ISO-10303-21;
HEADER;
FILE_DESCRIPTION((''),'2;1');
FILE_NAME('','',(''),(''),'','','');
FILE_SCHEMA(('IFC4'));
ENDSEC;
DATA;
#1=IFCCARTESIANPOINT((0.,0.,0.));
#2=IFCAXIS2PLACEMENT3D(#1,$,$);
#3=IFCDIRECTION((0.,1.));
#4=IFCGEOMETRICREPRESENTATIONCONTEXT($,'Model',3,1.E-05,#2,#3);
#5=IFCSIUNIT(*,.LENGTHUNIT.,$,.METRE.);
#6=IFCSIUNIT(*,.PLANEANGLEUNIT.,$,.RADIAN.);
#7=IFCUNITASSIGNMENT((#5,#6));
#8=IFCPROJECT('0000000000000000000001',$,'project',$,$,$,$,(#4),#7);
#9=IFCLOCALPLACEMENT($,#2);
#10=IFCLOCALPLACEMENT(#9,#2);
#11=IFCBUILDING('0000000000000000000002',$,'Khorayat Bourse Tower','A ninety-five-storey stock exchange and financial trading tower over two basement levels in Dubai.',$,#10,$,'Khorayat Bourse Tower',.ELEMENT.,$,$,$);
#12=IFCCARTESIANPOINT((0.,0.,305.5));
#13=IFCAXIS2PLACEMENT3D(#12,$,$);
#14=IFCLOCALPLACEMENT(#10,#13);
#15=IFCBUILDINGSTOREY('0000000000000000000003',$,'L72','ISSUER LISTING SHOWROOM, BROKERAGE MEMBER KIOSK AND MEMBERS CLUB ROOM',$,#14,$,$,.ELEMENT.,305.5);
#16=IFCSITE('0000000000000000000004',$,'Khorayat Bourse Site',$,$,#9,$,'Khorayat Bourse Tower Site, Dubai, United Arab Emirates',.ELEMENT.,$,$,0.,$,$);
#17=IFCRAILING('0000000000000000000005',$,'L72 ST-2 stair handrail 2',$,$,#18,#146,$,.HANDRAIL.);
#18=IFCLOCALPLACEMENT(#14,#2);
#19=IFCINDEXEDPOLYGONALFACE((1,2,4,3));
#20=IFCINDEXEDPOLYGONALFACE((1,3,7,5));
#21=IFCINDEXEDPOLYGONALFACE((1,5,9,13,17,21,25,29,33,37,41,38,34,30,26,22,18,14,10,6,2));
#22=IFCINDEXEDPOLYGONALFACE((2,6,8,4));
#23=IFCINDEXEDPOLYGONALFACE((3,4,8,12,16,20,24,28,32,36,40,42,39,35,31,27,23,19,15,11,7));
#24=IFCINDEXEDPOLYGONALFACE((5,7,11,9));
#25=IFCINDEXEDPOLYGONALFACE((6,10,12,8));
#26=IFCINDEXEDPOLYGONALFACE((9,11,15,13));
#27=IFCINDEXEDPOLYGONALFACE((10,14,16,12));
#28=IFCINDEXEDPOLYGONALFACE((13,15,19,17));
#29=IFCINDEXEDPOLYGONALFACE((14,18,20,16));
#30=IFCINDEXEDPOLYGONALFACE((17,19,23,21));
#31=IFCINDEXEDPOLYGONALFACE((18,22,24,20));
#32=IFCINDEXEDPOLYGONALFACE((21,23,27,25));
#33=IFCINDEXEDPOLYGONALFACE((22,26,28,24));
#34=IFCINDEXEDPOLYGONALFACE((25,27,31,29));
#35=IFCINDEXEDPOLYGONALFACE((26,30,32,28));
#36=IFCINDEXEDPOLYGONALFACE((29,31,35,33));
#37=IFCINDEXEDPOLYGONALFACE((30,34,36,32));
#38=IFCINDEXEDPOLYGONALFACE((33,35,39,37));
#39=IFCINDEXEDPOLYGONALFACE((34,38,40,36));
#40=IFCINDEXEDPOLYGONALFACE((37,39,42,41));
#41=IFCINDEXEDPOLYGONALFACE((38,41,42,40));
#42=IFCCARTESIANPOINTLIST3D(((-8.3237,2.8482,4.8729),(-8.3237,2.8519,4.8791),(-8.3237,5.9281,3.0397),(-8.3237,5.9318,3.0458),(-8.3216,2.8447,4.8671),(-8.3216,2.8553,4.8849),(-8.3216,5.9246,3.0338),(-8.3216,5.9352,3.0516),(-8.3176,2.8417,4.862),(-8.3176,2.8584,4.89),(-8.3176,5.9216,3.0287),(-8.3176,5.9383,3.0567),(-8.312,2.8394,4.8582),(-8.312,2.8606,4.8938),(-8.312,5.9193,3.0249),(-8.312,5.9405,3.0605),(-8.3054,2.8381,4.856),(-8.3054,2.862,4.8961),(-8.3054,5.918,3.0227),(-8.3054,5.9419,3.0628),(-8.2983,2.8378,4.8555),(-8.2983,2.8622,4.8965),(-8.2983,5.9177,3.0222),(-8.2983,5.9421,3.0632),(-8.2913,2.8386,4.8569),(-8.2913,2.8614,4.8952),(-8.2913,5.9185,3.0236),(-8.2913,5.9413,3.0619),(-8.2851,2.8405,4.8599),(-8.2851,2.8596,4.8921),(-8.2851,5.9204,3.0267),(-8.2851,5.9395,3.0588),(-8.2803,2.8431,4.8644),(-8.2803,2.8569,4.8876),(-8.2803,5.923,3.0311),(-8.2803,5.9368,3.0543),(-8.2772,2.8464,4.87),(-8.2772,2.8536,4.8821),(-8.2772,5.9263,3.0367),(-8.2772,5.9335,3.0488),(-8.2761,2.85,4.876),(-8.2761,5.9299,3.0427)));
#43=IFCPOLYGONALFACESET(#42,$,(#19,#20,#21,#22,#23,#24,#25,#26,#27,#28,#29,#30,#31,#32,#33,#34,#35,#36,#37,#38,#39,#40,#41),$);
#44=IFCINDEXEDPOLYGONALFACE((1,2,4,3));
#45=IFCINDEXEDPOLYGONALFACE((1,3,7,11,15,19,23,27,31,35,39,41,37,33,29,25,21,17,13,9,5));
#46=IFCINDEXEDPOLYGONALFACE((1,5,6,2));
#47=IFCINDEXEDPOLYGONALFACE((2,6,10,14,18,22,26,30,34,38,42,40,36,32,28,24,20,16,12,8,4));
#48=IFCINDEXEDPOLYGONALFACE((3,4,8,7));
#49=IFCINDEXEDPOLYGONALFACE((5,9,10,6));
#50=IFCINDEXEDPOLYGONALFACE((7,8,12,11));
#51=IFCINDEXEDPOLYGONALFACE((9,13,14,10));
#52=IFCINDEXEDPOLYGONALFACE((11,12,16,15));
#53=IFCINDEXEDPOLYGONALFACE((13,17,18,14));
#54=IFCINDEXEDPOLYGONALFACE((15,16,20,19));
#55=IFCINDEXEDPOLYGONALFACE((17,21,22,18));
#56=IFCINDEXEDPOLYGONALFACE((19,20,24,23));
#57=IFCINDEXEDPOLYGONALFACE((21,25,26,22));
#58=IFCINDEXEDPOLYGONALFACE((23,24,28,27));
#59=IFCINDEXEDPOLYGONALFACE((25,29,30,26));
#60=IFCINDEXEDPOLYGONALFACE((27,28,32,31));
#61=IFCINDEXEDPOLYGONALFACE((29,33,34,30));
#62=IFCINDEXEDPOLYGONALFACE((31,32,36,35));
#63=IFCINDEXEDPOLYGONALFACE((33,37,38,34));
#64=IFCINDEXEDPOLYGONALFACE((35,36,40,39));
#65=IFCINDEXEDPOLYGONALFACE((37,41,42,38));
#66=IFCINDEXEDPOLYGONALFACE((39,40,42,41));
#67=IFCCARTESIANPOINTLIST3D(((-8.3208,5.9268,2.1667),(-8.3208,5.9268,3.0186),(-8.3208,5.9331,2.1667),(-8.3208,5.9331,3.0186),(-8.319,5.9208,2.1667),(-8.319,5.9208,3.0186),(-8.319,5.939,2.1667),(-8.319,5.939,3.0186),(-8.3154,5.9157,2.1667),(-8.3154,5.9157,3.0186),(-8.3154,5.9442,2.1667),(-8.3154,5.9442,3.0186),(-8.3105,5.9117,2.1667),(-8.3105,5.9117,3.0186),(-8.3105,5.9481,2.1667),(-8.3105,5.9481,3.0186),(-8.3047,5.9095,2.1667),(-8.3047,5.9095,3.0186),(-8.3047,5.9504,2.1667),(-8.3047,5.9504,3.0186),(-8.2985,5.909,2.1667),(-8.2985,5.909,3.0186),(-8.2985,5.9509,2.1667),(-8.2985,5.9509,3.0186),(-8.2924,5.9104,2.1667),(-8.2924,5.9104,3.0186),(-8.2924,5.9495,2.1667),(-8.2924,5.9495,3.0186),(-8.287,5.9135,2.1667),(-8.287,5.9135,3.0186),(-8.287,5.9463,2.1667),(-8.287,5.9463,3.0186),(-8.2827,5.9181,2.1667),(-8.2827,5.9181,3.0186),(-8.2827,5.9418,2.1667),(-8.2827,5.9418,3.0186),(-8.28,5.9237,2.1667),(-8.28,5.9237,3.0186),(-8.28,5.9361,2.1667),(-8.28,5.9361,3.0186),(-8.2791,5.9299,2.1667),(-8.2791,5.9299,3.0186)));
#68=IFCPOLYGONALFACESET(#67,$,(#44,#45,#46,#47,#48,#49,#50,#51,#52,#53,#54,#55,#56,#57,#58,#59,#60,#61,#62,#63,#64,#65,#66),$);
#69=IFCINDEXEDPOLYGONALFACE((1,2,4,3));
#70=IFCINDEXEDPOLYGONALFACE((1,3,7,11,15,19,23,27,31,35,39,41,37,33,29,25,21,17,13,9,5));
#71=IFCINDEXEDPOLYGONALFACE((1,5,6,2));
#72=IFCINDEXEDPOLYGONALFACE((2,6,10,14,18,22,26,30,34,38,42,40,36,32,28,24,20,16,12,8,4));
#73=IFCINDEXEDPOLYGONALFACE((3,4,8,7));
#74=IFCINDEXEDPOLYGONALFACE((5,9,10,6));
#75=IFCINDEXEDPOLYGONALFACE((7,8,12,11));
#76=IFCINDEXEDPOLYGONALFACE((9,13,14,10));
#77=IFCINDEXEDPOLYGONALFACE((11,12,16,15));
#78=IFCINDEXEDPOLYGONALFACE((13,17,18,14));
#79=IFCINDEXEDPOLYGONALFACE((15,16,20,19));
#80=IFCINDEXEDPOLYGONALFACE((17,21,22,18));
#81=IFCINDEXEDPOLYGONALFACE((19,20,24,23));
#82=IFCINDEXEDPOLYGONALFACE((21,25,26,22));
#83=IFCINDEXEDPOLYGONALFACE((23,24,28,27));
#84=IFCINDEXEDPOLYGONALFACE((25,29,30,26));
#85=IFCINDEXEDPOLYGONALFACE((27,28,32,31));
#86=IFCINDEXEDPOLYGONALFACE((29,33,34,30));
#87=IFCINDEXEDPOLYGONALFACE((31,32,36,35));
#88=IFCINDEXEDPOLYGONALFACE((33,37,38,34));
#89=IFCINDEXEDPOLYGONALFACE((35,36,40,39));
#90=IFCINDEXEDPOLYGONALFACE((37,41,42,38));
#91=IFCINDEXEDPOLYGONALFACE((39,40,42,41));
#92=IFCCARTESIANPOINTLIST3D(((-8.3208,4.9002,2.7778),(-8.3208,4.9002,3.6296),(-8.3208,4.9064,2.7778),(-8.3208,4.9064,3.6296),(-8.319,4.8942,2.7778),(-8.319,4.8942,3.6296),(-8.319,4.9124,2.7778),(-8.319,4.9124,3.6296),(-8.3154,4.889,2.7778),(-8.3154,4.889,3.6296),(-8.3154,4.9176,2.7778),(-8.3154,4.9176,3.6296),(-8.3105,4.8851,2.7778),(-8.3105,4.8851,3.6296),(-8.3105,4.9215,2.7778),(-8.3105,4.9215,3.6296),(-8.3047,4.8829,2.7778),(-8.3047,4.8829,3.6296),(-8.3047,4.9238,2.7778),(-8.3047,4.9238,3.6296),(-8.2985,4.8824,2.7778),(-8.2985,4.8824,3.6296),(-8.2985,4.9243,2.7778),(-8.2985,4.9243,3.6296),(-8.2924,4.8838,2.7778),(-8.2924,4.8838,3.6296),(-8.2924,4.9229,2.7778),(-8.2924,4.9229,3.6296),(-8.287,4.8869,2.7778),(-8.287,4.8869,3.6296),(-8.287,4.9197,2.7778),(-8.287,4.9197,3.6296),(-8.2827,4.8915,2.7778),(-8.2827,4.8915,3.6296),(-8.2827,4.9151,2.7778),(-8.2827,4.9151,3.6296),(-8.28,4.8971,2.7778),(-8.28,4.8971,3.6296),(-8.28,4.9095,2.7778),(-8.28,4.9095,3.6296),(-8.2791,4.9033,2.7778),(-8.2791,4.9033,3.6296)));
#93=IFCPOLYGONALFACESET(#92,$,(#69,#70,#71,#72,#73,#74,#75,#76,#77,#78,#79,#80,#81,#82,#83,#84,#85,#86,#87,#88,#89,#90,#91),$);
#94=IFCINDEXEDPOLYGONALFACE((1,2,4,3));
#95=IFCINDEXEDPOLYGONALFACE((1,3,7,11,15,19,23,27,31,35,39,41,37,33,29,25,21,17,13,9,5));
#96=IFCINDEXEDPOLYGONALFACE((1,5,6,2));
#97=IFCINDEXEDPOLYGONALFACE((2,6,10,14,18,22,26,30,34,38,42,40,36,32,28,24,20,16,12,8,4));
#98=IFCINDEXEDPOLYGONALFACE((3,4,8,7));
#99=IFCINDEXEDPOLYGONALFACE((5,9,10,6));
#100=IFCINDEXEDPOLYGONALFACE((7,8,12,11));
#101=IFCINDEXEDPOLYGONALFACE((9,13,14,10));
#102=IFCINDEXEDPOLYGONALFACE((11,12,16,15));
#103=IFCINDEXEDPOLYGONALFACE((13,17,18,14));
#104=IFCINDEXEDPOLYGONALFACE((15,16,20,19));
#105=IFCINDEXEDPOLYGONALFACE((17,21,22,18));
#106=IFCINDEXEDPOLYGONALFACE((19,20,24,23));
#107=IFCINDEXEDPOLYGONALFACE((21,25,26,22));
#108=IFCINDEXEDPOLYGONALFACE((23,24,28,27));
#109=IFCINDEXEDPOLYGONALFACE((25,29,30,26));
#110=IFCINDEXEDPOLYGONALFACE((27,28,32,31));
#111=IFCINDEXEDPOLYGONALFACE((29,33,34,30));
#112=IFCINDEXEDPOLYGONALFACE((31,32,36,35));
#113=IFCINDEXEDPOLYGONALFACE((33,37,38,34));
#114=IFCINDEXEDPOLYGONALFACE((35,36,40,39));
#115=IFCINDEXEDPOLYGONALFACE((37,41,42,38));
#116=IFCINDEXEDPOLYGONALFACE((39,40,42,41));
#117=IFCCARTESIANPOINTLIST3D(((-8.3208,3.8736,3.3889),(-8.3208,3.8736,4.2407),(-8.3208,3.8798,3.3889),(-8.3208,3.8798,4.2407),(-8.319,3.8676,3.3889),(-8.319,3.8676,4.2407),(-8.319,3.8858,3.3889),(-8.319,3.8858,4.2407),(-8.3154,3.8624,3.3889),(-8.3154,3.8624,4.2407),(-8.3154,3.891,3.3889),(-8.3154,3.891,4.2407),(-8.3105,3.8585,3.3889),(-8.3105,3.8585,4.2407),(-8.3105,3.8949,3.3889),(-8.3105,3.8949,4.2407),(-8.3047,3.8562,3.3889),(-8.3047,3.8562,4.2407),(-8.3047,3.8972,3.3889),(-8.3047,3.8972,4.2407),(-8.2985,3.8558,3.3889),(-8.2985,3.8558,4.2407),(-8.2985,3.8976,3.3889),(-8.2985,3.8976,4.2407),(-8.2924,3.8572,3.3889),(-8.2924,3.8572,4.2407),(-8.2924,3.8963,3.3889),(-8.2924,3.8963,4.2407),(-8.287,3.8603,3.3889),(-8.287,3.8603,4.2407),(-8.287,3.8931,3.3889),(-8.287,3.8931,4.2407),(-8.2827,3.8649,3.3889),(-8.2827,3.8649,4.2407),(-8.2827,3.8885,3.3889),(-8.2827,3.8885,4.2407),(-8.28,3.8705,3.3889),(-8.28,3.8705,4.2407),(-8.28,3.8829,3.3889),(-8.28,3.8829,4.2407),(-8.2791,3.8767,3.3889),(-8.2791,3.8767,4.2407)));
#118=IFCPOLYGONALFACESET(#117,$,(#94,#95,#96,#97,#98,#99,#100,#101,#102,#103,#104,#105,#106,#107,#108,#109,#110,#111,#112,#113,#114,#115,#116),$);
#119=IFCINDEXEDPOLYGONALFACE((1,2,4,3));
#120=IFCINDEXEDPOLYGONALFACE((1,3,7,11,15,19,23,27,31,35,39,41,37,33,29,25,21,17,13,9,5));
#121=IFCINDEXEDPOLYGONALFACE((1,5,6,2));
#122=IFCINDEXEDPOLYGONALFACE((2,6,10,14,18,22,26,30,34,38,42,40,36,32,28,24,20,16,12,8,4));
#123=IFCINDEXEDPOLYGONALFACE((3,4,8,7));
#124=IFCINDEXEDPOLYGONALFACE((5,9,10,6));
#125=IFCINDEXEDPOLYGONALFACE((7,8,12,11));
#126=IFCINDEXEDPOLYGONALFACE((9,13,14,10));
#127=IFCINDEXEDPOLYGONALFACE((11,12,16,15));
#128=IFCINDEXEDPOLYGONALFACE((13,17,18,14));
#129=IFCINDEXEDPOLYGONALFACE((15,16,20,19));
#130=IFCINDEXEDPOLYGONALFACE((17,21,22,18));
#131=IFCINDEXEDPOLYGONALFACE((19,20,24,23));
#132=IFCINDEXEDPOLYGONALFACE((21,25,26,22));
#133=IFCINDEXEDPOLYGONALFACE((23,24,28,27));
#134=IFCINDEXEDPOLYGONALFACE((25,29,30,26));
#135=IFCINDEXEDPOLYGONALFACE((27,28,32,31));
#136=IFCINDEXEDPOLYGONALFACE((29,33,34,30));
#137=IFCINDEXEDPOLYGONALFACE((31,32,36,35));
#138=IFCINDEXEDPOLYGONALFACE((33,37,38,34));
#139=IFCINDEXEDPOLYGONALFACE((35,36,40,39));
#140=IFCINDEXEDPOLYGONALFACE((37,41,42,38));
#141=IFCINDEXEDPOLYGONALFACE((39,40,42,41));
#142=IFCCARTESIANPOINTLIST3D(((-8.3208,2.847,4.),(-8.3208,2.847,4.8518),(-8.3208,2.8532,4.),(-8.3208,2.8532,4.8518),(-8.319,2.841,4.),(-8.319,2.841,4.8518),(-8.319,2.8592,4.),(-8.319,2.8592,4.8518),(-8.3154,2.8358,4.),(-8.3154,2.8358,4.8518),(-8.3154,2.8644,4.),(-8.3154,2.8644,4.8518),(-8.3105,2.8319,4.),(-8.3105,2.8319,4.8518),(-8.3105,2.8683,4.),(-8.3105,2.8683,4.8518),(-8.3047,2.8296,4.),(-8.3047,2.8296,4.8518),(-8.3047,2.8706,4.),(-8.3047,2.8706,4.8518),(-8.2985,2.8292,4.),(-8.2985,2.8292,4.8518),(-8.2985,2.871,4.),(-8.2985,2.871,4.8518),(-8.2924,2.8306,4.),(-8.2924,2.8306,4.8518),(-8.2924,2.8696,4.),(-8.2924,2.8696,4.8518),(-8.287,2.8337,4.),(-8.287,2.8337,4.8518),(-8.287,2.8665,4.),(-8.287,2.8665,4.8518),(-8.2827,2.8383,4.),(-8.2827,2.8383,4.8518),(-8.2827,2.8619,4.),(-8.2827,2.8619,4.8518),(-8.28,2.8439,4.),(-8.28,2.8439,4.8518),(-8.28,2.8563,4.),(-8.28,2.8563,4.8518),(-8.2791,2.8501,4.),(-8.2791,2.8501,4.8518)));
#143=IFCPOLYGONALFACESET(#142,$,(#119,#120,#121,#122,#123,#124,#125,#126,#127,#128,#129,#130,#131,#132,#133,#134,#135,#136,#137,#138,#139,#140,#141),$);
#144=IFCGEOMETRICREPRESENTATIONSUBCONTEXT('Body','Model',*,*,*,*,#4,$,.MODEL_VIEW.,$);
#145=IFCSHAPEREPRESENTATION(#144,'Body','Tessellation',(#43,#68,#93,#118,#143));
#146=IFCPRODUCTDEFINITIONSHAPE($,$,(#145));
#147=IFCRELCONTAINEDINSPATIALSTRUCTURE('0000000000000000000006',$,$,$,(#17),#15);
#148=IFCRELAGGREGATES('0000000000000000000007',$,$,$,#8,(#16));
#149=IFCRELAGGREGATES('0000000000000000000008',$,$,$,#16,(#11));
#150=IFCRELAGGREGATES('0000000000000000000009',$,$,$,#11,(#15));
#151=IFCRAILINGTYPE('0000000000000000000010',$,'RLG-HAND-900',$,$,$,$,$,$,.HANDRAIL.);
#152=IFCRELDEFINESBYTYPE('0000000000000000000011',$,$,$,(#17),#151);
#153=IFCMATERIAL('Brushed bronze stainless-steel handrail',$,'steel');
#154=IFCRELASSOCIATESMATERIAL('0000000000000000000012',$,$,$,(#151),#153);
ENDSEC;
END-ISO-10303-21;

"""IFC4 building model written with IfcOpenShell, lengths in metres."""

from ifc_helpers import new_model, si_unit, direction, frame, origin, origin_2d, place, context, subcontext, project, spatial, circle, extrude, source, transform, mapped, material, type_object, element, save


model = new_model("IFC4")

# Units and contexts
model_context = context("Model", 3, precision=1e-05, world=origin(), true_north=direction((0.0, 1.0)))
body_context = subcontext(model_context, "Body", "Model", "MODEL_VIEW")
ifc_project = project(units=[si_unit("LENGTHUNIT", "METRE"), si_unit("PLANEANGLEUNIT", "RADIAN")], contexts=[model_context])

# Site, building, storey
site_placement = place(None, origin())
site = spatial("IfcSite", under=ifc_project, at=site_placement, Name="Khorayat Bourse Site", LongName="Khorayat Bourse Tower Site, Dubai, United Arab Emirates", CompositionType="ELEMENT", RefElevation=0.0)
building_placement = place(site_placement, origin())
building = spatial("IfcBuilding", under=site, at=building_placement, Name="Khorayat Bourse Tower", Description="A ninety-five-storey stock exchange and financial trading tower over two basement levels in Dubai.", LongName="Khorayat Bourse Tower", CompositionType="ELEMENT")
storey_placement = place(building_placement, frame((0.0, 0.0, 305.5)))
storey = spatial("IfcBuildingStorey", under=building, at=storey_placement, Name="L72", Description="ISSUER LISTING SHOWROOM, BROKERAGE MEMBER KIOSK AND MEMBERS CLUB ROOM", CompositionType="ELEMENT", Elevation=305.5)

# Railing
ifc_material_1 = material(Name="Brushed bronze stainless-steel handrail", Category="steel")
railing_type_1 = type_object("IfcRailingType", Name="RLG-HAND-900", PredefinedType="HANDRAIL", material=ifc_material_1)
shared_shape_1 = source(origin(), body_context, "Body", "SweptSolid", [
    extrude(circle(Radius=0.0239, at=origin_2d()), frame((0.0, 0.0, 0.876), z_axis=(0.0, -0.859291, 0.511487), x_axis=(1.0, 0.0, 0.0)), (0.0, 0.0, 1.0), 3.5842),
    extrude(circle(Radius=0.021, at=origin_2d()), origin(), (0.0, 0.0, 1.0), 0.8518),
    extrude(circle(Radius=0.021, at=origin_2d()), frame((0.0, -1.0266, 0.6111)), (0.0, 0.0, 1.0), 0.8518),
    extrude(circle(Radius=0.021, at=origin_2d()), frame((0.0, -2.0532, 1.2222)), (0.0, 0.0, 1.0), 0.8518),
    extrude(circle(Radius=0.021, at=origin_2d()), frame((0.0, -3.0798, 1.8333)), (0.0, 0.0, 1.0), 0.8518),
])
railing_1_placement = place(storey_placement, frame((-8.3, 5.9299, 2.1667)))
element("IfcRailing", 1, at=railing_1_placement, inside=storey, type_object=railing_type_1, Name="L72 ST-2 stair handrail 2", PredefinedType="HANDRAIL", context=body_context, shape_type="MappedRepresentation", body=[
    mapped(shared_shape_1, transform((0.0, 0.0, 0.0), scale=1.0)),
])

save(model, "model.ifc")
